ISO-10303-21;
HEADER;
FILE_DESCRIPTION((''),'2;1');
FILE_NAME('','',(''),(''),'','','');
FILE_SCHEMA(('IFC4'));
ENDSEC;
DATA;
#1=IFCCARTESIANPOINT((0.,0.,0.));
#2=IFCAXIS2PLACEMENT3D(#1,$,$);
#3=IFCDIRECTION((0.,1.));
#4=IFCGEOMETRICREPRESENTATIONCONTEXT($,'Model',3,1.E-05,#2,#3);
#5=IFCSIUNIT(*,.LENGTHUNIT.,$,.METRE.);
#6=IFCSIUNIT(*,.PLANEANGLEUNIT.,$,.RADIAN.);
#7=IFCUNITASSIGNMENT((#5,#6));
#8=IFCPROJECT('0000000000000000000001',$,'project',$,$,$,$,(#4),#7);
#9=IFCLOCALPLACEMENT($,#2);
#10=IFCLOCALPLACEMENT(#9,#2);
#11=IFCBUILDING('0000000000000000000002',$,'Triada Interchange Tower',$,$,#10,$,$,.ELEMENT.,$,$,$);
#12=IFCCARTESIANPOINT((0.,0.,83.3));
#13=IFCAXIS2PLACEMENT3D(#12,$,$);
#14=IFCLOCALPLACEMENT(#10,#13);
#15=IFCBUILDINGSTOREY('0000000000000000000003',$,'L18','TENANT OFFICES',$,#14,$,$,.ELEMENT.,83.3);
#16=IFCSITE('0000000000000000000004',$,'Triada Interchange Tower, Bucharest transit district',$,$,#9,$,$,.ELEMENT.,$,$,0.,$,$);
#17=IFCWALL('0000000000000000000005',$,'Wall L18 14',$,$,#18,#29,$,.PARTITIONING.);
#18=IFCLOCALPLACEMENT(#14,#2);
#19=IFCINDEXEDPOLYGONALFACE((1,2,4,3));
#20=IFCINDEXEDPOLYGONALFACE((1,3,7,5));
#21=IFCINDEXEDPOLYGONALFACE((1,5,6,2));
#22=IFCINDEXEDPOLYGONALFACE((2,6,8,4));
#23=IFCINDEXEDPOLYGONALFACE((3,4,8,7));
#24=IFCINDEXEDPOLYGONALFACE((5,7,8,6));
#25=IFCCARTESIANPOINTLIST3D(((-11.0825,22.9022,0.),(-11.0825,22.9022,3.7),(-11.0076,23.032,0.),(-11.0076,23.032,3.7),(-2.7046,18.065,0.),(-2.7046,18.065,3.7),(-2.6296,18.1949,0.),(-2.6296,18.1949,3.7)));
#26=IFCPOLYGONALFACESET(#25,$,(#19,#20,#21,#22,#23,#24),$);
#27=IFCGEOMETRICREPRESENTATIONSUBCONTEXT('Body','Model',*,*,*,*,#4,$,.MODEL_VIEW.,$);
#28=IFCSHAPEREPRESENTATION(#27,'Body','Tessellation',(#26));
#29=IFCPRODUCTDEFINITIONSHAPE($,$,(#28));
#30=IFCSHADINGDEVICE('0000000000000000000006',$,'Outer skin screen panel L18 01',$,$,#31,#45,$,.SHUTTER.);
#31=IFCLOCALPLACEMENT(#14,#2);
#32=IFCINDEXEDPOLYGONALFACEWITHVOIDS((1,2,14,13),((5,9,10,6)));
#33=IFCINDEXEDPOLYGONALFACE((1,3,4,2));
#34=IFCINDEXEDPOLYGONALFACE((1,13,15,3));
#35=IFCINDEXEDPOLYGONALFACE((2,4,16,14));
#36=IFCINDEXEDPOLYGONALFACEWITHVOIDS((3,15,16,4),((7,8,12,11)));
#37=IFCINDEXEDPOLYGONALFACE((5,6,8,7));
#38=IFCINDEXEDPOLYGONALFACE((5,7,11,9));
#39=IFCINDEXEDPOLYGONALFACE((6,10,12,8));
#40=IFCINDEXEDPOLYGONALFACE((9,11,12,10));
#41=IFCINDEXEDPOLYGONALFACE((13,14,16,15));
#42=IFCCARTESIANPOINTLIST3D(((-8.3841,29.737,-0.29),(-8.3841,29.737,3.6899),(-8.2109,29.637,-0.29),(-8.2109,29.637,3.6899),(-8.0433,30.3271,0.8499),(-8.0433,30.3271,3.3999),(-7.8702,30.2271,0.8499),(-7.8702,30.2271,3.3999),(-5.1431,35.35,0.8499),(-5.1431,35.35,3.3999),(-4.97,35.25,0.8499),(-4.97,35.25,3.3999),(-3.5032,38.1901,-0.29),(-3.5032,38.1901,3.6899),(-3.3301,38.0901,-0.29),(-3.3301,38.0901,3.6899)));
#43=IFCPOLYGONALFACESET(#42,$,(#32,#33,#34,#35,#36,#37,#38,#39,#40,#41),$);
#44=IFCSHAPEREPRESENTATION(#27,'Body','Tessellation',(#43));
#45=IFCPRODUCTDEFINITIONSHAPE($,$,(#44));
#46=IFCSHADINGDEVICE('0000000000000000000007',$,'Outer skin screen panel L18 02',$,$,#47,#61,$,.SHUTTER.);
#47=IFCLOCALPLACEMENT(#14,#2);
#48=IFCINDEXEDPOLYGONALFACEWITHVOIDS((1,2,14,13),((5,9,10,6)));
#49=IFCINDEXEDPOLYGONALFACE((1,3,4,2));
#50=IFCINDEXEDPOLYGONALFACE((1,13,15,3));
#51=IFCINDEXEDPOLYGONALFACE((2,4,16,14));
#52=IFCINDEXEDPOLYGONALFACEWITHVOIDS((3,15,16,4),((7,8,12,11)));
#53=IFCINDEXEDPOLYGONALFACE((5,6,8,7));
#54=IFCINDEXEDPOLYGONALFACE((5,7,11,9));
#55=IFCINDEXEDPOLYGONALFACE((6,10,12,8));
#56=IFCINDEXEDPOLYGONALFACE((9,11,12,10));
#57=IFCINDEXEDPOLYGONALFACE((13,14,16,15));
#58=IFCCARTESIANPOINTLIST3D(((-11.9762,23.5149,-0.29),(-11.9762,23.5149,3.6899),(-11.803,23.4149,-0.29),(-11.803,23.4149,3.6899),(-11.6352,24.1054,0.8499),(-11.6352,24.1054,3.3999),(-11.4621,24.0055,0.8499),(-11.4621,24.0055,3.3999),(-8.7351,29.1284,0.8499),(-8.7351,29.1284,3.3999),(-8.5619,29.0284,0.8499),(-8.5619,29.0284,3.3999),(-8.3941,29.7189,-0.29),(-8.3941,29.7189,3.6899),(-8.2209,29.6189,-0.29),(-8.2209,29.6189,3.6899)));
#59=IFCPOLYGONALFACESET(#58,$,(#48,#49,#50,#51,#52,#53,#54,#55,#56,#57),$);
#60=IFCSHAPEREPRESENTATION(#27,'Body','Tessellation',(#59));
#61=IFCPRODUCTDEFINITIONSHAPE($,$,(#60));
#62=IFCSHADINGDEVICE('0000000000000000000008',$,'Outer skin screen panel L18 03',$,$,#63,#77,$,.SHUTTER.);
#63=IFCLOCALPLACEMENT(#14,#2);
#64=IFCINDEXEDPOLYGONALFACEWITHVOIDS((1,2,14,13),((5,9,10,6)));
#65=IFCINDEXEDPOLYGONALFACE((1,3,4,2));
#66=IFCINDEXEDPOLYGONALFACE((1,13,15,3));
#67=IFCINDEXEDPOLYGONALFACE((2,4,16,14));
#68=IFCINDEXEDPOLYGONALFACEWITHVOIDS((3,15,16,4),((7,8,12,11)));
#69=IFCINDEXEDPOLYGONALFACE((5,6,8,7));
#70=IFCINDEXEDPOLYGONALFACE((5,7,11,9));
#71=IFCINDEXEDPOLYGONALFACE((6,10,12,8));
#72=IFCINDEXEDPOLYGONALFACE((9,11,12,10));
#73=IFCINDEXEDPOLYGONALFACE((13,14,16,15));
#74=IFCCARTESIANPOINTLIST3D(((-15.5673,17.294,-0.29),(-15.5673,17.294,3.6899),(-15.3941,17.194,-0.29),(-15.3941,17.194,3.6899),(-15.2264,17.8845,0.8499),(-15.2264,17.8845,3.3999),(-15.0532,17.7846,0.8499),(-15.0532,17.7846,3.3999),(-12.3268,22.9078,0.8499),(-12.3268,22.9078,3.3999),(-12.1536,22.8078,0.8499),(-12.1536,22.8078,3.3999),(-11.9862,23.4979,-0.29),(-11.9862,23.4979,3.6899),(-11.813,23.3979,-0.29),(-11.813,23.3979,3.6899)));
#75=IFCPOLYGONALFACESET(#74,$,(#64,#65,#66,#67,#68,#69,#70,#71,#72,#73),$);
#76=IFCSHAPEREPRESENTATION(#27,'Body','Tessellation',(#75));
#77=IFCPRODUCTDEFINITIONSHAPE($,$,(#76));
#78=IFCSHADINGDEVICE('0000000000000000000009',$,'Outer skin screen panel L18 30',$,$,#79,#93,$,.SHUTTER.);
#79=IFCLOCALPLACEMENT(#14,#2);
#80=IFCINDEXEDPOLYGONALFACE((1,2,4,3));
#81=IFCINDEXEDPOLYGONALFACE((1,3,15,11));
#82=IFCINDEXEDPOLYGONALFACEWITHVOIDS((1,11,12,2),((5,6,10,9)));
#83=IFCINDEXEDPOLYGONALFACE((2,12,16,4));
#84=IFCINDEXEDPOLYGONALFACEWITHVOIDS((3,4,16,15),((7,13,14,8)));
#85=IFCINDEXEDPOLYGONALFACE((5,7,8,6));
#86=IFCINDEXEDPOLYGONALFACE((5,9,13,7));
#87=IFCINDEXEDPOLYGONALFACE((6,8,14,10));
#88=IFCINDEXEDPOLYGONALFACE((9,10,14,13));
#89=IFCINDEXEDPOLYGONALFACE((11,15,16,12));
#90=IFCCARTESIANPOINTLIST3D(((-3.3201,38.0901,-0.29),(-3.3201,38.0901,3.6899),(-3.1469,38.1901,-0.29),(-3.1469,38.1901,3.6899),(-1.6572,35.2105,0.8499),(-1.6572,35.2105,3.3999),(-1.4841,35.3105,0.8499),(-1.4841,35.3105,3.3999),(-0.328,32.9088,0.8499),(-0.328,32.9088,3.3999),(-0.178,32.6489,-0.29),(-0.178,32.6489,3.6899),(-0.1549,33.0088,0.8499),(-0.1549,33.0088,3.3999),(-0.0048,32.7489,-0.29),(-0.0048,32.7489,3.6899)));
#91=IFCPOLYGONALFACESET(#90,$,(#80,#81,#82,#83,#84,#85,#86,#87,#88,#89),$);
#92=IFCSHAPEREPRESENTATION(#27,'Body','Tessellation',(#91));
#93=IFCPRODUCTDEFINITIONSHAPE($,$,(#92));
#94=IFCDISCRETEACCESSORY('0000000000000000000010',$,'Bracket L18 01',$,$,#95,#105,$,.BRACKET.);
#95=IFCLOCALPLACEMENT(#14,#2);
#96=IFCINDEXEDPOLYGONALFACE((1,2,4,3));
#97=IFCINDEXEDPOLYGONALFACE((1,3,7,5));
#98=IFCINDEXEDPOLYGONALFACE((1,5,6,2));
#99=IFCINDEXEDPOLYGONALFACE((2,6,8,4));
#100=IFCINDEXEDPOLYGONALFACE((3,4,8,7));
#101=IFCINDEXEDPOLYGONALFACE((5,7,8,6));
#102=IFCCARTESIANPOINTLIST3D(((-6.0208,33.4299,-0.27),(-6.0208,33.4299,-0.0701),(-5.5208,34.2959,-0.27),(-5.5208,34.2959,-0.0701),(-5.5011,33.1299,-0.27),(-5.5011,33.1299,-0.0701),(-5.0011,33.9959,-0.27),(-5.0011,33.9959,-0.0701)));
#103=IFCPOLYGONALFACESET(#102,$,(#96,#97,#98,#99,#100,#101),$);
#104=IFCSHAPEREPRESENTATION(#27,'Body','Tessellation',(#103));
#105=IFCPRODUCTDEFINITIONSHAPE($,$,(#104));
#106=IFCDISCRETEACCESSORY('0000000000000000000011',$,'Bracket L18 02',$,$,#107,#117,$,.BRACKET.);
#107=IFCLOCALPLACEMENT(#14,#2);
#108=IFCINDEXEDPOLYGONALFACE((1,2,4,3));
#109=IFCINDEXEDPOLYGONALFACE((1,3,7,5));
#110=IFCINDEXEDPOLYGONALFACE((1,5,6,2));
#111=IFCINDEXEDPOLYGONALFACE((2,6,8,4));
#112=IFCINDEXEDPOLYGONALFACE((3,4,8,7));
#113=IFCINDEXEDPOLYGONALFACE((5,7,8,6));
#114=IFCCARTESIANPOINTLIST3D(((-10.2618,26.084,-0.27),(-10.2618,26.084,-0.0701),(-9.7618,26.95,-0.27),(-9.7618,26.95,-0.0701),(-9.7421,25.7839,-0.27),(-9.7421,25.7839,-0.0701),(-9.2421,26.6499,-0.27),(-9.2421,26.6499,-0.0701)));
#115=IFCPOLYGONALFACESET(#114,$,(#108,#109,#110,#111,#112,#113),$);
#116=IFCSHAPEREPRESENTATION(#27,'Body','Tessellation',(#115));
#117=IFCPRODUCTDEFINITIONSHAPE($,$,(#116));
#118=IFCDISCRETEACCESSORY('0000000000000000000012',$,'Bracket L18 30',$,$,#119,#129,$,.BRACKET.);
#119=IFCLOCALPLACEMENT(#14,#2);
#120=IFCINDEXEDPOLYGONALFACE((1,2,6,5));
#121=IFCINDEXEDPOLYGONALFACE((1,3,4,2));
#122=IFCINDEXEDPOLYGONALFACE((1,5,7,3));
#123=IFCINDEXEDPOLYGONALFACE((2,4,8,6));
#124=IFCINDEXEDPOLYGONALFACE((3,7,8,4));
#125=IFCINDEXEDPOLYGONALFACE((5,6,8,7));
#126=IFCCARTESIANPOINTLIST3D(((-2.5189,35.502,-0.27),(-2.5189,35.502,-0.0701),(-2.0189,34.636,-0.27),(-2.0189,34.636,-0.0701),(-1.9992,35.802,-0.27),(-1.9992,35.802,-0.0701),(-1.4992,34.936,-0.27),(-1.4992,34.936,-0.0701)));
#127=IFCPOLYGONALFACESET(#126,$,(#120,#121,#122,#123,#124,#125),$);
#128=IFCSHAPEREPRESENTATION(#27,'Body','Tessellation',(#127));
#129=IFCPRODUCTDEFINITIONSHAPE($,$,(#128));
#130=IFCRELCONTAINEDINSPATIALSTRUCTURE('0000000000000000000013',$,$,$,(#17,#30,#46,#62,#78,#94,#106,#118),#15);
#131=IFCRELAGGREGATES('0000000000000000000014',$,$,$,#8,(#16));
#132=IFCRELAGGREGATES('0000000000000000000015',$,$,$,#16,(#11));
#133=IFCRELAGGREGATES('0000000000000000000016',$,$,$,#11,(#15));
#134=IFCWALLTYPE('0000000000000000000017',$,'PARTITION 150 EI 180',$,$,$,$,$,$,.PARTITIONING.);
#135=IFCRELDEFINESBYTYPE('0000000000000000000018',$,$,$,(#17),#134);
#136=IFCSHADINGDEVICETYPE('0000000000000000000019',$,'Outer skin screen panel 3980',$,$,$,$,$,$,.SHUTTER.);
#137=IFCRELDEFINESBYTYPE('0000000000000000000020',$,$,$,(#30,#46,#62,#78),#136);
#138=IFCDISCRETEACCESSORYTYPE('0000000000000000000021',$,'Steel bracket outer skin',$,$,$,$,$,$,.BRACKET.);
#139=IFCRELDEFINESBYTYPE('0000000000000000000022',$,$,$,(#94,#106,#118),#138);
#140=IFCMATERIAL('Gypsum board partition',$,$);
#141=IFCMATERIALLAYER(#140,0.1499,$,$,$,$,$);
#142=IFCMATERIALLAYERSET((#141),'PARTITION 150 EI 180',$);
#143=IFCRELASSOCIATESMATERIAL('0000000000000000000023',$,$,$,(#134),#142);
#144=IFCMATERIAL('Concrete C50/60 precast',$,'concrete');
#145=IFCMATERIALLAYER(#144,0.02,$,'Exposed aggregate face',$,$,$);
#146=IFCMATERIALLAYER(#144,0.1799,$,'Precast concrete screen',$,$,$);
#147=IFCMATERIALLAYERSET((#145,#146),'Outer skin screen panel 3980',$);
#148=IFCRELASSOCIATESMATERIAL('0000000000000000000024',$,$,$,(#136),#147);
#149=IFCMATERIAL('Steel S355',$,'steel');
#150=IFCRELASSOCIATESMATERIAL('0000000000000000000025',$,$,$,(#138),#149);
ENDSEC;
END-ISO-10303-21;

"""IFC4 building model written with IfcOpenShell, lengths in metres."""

from ifc_helpers import new_model, si_unit, direction, frame, frame_2d, origin, origin_2d, place, context, subcontext, project, spatial, polyline, rectangle, outline, extrude, material, layer, layer_set, type_object, element, save


model = new_model("IFC4")

# Units and contexts
model_context = context("Model", 3, precision=1e-05, world=origin(), true_north=direction((0.0, 1.0)))
body_context = subcontext(model_context, "Body", "Model", "MODEL_VIEW")
ifc_project = project(units=[si_unit("LENGTHUNIT", "METRE"), si_unit("PLANEANGLEUNIT", "RADIAN")], contexts=[model_context])

# Site, building, storey
site_placement = place(None, origin())
site = spatial("IfcSite", under=ifc_project, at=site_placement, Name="Triada Interchange Tower, Bucharest transit district", CompositionType="ELEMENT", RefElevation=0.0)
building_placement = place(site_placement, origin())
building = spatial("IfcBuilding", under=site, at=building_placement, Name="Triada Interchange Tower", CompositionType="ELEMENT")
storey_placement = place(building_placement, frame((0.0, 0.0, 83.3)))
storey = spatial("IfcBuildingStorey", under=building, at=storey_placement, Name="L18", Description="TENANT OFFICES", CompositionType="ELEMENT", Elevation=83.3)

# Wall
ifc_material_1 = material(Name="Gypsum board partition")
ifc_layer_1 = layer(ifc_material_1, 0.1499)
ifc_layer_set_1 = layer_set([ifc_layer_1], Name="PARTITION 150 EI 180")
wall_type_1 = type_object("IfcWallType", Name="PARTITION 150 EI 180", PredefinedType="PARTITIONING", material=ifc_layer_set_1)
wall_1_placement = place(storey_placement, frame((-11.0449, 22.967, 0.0), z_axis=(0.0, 0.0, 1.0), x_axis=(0.866018, -0.500012, 0.0)))
element("IfcWall", 1, at=wall_1_placement, inside=storey, type_object=wall_type_1, Name="Wall L18 14", PredefinedType="PARTITIONING", context=body_context, shape_type="SweptSolid", body=[
    extrude(rectangle(XDim=9.6741, YDim=0.1499, at=frame_2d((4.8369, 0.0))), origin(), (0.0, 0.0, 1.0), 3.7),
])

# Shading devices
ifc_material_2 = material(Name="Concrete C50/60 precast", Category="concrete")
ifc_layer_2 = layer(ifc_material_2, 0.02, Name="Exposed aggregate face")
ifc_layer_3 = layer(ifc_material_2, 0.1799, Name="Precast concrete screen")
ifc_layer_set_2 = layer_set([ifc_layer_2, ifc_layer_3], Name="Outer skin screen panel 3980")
shading_device_type = type_object("IfcShadingDeviceType", Name="Outer skin screen panel 3980", PredefinedType="SHUTTER", material=ifc_layer_set_2)
shading_device_1_placement = place(storey_placement, frame((-3.3301, 38.0901, -0.29), z_axis=(0.0, 0.0, 1.0), x_axis=(-0.500034, -0.866006, 0.0)))
element("IfcShadingDevice", 2, at=shading_device_1_placement, inside=storey, type_object=shading_device_type, Name="Outer skin screen panel L18 01", PredefinedType="SHUTTER", context=body_context, shape_type="SweptSolid", body=[
    extrude(outline(polyline([(0.0, 0.0), (9.761, 0.0), (9.761, 3.98), (0.0, 3.98), (0.0, 0.0)]), holes=[polyline([(3.2795, 1.1399), (3.2795, 3.6899), (9.0796, 3.6899), (9.0796, 1.1399), (3.2795, 1.1399)])]), frame((0.0, 0.0, 0.0), z_axis=(0.0, -1.0, 0.0), x_axis=(1.0, 0.0, 0.0)), (0.0, 0.0, 1.0), 0.2),
])
shading_device_2_placement = place(storey_placement, frame((-8.2209, 29.6189, -0.29), z_axis=(0.0, 0.0, 1.0), x_axis=(-0.500024, -0.866011, 0.0)))
element("IfcShadingDevice", 3, at=shading_device_2_placement, inside=storey, type_object=shading_device_type, Name="Outer skin screen panel L18 02", PredefinedType="SHUTTER", context=body_context, shape_type="SweptSolid", body=[
    extrude(outline(polyline([(0.0, 0.0), (7.1638, 0.0), (7.1638, 3.98), (0.0, 3.98), (0.0, 0.0)]), holes=[polyline([(0.6819, 1.1399), (0.6819, 3.6899), (6.4819, 3.6899), (6.4819, 1.1399), (0.6819, 1.1399)])]), frame((0.0, 0.0, 0.0), z_axis=(0.0, -1.0, 0.0), x_axis=(1.0, 0.0, 0.0)), (0.0, 0.0, 1.0), 0.2),
])
shading_device_3_placement = place(storey_placement, frame((-11.813, 23.3979, -0.29), z_axis=(0.0, 0.0, 1.0), x_axis=(-0.499922, -0.86607, 0.0)))
element("IfcShadingDevice", 4, at=shading_device_3_placement, inside=storey, type_object=shading_device_type, Name="Outer skin screen panel L18 03", PredefinedType="SHUTTER", context=body_context, shape_type="SweptSolid", body=[
    extrude(outline(polyline([(0.0, 0.0), (7.1633, 0.0), (7.1633, 3.98), (0.0, 3.98), (0.0, 0.0)]), holes=[polyline([(0.6814, 1.1399), (0.6814, 3.6899), (6.4814, 3.6899), (6.4814, 1.1399), (0.6814, 1.1399)])]), frame((0.0, 0.0, 0.0), z_axis=(0.0, -1.0, 0.0), x_axis=(1.0, 0.0, 0.0)), (0.0, 0.0, 1.0), 0.2),
])
shading_device_4_placement = place(storey_placement, frame((-0.178, 32.6489, -0.29), z_axis=(0.0, 0.0, 1.0), x_axis=(-0.500076, 0.865982, 0.0)))
element("IfcShadingDevice", 5, at=shading_device_4_placement, inside=storey, type_object=shading_device_type, Name="Outer skin screen panel L18 30", PredefinedType="SHUTTER", context=body_context, shape_type="SweptSolid", body=[
    extrude(outline(polyline([(0.0, 0.0), (6.2832, 0.0), (6.2832, 3.98), (0.0, 3.98), (0.0, 0.0)]), holes=[polyline([(0.3, 1.1399), (0.3, 3.6899), (2.958, 3.6899), (2.958, 1.1399), (0.3, 1.1399)])]), frame((0.0, 0.0, 0.0), z_axis=(0.0, -1.0, 0.0), x_axis=(1.0, 0.0, 0.0)), (0.0, 0.0, 1.0), 0.2),
])

# Discrete accessories
ifc_material_3 = material(Name="Steel S355", Category="steel")
discrete_accessory_type = type_object("IfcDiscreteAccessoryType", Name="Steel bracket outer skin", PredefinedType="BRACKET", material=ifc_material_3)
for number, where, z_axis, x_axis, name in (
    (6, (-5.511, 33.7129, -0.27), (0.0, 0.0, 1.0), (-0.866025, 0.5, 0.0), "Bracket L18 01"),
    (7, (-9.752, 26.3669, -0.27), (0.0, 0.0, 1.0), (-0.866025, 0.5, 0.0), "Bracket L18 02"),
    (8, (-2.009, 35.219, -0.27), (0.0, 0.0, 1.0), (0.866023, 0.500004, 0.0), "Bracket L18 30"),
):
    element("IfcDiscreteAccessory", number, at=place(storey_placement, frame(where, z_axis=z_axis, x_axis=x_axis)), inside=storey, type_object=discrete_accessory_type, Name=name, PredefinedType="BRACKET", context=body_context, shape_type="SweptSolid", body=[
        extrude(rectangle(XDim=0.6001, YDim=1.0, at=origin_2d()), origin(), (0.0, 0.0, 1.0), 0.2),
    ])

save(model, "model.ifc")
